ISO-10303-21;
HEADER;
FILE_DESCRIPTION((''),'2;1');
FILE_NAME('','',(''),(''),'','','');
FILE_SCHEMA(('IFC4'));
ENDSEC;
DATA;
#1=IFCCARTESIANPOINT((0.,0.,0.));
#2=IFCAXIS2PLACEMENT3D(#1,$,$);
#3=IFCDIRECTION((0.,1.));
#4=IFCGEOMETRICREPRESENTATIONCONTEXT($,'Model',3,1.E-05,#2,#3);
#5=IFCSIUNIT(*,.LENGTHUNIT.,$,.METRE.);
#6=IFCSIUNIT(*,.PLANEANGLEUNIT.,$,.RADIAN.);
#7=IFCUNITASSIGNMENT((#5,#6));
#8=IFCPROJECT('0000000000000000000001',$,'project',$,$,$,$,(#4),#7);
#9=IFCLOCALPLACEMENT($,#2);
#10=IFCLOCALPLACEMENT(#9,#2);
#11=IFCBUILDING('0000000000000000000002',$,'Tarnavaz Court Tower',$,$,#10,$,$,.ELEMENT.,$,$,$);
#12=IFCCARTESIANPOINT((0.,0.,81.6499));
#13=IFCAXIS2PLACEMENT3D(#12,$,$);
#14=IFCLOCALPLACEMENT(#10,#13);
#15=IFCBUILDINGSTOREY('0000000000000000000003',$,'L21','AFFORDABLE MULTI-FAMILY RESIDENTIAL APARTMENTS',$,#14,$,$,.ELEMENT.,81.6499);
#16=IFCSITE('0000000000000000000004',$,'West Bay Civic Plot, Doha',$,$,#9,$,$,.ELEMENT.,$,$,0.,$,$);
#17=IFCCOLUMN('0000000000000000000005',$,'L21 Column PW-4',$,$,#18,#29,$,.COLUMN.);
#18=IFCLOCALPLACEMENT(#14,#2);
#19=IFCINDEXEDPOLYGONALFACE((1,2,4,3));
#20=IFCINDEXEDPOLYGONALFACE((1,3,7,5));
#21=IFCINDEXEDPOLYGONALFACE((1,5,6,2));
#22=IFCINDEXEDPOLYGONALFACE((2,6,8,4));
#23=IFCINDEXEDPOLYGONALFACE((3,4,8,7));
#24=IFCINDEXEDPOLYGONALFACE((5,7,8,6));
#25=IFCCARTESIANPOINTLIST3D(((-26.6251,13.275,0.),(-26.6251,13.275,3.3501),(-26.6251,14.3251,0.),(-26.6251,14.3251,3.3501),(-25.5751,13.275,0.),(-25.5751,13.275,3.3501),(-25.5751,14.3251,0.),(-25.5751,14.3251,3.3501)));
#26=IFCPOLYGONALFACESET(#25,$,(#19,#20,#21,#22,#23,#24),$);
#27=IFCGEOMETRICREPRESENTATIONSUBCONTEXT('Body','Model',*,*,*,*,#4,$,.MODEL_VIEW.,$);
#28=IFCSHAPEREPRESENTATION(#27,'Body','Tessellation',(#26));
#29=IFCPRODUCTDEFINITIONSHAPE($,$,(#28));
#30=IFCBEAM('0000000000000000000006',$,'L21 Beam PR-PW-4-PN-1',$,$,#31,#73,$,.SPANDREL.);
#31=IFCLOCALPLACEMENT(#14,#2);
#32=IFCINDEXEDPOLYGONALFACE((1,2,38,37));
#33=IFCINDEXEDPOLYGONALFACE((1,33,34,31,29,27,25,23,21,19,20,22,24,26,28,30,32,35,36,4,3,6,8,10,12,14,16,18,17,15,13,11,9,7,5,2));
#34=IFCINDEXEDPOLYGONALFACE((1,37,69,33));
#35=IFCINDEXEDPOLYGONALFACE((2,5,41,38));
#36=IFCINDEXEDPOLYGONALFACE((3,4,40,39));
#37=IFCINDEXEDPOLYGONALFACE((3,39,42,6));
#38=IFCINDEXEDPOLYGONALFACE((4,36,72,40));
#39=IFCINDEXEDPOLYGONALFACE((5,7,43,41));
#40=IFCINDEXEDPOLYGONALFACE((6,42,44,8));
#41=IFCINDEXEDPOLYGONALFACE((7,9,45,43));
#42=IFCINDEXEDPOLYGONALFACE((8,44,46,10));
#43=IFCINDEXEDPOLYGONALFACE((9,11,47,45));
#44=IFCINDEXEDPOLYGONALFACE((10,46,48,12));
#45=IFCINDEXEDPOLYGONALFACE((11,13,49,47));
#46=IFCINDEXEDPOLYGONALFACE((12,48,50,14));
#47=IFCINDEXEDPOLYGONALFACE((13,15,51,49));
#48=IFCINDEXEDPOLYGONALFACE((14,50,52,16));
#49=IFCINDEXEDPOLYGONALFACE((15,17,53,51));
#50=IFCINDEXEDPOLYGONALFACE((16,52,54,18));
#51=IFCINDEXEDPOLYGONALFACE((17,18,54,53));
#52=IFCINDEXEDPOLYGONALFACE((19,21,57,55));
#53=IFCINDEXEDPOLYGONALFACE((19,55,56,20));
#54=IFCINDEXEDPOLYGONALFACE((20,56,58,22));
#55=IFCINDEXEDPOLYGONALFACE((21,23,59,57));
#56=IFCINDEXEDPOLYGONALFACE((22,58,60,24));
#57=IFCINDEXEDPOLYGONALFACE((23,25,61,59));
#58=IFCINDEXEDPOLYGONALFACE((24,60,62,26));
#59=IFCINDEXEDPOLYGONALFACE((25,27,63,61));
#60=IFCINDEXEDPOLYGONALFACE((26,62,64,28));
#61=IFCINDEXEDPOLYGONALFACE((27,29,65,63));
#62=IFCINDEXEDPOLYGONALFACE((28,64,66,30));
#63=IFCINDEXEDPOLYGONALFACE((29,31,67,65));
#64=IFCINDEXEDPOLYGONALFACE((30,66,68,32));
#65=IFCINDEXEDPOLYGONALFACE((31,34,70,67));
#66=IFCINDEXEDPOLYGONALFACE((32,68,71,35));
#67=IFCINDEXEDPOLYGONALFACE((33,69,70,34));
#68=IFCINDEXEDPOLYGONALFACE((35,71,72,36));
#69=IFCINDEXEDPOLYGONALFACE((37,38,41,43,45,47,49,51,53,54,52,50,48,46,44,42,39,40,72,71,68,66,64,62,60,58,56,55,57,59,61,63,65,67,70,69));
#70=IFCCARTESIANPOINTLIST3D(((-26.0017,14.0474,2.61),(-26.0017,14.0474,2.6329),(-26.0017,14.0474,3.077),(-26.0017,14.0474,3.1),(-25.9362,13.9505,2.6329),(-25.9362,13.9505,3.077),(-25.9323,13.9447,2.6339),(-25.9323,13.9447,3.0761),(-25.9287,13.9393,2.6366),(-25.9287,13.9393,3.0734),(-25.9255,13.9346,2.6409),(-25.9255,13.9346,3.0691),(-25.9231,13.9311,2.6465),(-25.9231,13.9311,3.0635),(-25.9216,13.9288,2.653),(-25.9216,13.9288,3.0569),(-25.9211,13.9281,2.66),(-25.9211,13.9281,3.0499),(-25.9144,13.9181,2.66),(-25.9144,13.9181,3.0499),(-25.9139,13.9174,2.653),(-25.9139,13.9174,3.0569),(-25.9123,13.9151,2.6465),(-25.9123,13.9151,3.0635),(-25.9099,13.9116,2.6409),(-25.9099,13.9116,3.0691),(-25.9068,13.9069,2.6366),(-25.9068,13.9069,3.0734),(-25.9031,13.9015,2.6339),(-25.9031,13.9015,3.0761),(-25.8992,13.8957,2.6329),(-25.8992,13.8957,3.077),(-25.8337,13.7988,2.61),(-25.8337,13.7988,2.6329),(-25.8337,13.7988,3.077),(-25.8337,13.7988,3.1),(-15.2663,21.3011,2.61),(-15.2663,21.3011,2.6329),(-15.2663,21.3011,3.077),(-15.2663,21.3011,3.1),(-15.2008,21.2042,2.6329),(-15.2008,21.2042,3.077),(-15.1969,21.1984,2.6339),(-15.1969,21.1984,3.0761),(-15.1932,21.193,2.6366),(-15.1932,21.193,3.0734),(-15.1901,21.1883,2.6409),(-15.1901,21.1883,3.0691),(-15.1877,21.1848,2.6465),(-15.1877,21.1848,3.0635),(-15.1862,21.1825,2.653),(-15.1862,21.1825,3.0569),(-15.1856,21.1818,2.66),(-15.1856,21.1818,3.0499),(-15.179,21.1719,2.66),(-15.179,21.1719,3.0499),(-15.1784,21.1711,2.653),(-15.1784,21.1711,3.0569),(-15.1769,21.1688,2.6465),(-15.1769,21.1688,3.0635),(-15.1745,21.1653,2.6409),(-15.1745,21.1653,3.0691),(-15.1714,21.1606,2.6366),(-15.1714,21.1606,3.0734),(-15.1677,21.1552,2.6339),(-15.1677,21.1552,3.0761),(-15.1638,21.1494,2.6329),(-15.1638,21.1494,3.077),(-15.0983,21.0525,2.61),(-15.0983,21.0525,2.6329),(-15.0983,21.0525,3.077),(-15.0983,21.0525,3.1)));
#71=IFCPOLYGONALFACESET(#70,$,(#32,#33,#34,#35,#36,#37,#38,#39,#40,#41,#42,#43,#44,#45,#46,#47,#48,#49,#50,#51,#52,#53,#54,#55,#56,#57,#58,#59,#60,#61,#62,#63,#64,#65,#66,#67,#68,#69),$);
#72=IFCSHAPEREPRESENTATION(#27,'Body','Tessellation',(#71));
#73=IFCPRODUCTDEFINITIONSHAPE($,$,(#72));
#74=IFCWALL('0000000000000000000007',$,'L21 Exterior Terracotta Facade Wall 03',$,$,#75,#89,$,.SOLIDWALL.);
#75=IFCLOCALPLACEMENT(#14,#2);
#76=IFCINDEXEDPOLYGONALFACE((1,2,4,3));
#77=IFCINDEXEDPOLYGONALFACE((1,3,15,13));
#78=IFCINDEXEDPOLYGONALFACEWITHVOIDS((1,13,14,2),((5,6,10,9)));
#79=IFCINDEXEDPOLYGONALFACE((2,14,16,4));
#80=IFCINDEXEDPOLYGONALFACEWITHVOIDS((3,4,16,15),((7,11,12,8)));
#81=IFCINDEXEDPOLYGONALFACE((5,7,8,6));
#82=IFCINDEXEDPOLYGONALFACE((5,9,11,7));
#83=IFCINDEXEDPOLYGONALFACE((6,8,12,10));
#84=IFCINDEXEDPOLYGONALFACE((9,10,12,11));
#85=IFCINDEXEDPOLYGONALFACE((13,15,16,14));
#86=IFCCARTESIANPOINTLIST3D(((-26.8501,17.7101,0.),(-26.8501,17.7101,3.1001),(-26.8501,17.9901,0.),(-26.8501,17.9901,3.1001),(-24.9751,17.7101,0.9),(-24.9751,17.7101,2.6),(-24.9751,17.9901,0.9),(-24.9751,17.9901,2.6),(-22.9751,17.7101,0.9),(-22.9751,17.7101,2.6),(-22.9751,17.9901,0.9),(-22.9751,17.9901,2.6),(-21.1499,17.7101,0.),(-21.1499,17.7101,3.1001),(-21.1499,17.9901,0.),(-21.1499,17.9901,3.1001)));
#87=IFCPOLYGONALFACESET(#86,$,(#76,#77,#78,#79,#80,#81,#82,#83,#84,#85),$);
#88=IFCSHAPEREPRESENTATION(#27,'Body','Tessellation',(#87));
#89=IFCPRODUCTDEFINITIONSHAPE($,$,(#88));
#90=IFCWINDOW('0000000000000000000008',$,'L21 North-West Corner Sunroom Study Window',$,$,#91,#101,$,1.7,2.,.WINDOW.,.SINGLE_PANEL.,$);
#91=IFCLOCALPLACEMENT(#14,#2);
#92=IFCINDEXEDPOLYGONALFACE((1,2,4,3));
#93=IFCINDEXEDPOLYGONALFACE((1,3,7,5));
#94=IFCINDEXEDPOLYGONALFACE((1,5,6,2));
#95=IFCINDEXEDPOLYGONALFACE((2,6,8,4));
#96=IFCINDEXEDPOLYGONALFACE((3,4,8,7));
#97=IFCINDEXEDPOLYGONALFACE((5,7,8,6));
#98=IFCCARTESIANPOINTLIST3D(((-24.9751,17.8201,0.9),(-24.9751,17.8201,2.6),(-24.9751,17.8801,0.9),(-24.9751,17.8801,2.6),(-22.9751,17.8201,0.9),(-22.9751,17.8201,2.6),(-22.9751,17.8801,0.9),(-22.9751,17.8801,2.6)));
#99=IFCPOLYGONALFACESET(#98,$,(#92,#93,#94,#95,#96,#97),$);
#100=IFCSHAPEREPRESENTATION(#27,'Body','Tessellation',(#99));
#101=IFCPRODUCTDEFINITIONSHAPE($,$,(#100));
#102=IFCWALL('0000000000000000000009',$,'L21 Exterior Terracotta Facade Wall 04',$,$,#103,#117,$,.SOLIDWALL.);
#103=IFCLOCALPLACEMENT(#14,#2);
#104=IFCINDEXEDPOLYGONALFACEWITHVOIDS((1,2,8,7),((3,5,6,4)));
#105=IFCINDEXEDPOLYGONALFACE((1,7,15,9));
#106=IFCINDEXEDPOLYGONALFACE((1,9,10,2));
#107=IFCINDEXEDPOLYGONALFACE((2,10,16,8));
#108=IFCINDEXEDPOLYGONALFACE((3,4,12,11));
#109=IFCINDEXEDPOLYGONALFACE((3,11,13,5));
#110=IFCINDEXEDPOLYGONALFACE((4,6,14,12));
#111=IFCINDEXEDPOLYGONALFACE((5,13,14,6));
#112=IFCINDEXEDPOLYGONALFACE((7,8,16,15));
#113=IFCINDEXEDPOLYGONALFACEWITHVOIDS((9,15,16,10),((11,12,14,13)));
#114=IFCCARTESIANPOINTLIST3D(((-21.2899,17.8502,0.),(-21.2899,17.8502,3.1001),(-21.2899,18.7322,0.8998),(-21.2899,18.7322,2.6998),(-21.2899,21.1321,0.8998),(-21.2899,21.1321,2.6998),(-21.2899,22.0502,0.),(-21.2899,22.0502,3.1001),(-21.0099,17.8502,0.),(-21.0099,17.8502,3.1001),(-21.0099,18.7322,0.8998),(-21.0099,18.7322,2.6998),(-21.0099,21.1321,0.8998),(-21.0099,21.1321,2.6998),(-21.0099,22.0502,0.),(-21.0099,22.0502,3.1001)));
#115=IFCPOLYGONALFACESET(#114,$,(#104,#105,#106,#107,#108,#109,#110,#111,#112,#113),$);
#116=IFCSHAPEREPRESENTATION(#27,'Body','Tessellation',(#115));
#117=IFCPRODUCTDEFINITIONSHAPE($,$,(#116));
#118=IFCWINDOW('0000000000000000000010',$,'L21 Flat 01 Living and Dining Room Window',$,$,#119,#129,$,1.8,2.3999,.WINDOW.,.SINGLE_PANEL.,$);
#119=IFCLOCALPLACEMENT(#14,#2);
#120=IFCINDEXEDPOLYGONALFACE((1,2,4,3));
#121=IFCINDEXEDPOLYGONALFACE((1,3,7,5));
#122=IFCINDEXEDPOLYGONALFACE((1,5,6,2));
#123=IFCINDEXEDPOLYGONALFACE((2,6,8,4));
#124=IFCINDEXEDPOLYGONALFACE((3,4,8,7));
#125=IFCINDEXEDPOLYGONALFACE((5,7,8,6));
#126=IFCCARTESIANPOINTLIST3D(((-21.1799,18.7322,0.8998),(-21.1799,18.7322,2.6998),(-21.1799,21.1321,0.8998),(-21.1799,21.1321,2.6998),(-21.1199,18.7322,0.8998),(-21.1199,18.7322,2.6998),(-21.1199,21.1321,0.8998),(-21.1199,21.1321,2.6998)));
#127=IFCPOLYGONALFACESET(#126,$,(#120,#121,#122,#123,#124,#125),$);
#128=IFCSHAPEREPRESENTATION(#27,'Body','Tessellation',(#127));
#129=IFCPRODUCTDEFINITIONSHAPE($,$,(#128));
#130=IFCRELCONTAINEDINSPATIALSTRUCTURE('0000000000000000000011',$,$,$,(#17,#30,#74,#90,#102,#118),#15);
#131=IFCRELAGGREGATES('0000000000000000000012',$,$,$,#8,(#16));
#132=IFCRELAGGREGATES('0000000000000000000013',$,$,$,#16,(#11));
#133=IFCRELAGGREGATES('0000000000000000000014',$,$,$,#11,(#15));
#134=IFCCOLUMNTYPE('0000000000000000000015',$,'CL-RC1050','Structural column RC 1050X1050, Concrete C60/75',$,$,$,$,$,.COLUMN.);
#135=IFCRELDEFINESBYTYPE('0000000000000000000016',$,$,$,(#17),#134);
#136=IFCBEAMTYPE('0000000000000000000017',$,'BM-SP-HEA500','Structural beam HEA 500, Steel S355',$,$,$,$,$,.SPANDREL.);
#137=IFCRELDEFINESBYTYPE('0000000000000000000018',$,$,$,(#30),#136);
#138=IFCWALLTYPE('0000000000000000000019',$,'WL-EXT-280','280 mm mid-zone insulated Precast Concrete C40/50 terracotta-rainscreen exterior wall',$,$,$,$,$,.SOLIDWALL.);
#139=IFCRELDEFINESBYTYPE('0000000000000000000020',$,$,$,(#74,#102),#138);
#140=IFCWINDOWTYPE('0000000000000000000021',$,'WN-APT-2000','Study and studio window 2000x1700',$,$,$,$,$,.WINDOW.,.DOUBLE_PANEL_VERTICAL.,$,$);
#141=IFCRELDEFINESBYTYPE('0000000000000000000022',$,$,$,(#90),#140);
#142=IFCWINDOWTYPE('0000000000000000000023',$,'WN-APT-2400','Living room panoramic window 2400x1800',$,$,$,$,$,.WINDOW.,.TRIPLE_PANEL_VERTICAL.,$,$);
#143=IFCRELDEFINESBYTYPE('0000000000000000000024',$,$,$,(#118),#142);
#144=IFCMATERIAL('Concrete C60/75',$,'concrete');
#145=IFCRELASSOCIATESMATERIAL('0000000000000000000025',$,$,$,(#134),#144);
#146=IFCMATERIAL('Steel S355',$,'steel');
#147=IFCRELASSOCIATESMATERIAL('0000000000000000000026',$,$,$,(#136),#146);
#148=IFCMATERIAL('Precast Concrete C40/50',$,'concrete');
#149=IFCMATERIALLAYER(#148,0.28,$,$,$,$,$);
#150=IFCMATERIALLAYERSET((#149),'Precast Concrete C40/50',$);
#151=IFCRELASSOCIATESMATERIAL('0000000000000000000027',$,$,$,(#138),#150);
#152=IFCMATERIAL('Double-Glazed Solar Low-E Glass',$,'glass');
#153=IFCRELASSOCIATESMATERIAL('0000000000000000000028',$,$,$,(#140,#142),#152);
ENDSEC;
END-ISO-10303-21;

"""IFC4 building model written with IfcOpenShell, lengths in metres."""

from ifc_helpers import new_model, si_unit, direction, frame, frame_2d, origin, origin_2d, place, context, subcontext, project, spatial, rectangle, i_section, extrude, material, layer, layer_set, material_profile, profile_set, type_object, element, fill, save


model = new_model("IFC4")

# Units and contexts
model_context = context("Model", 3, precision=1e-05, world=origin(), true_north=direction((0.0, 1.0)))
body_context = subcontext(model_context, "Body", "Model", "MODEL_VIEW")
ifc_project = project(units=[si_unit("LENGTHUNIT", "METRE"), si_unit("PLANEANGLEUNIT", "RADIAN")], contexts=[model_context])

# Site, building, storey
site_placement = place(None, origin())
site = spatial("IfcSite", under=ifc_project, at=site_placement, Name="West Bay Civic Plot, Doha", CompositionType="ELEMENT", RefElevation=0.0)
building_placement = place(site_placement, origin())
building = spatial("IfcBuilding", under=site, at=building_placement, Name="Tarnavaz Court Tower", CompositionType="ELEMENT")
storey_placement = place(building_placement, frame((0.0, 0.0, 81.6499)))
storey = spatial("IfcBuildingStorey", under=building, at=storey_placement, Name="L21", Description="AFFORDABLE MULTI-FAMILY RESIDENTIAL APARTMENTS", CompositionType="ELEMENT", Elevation=81.6499)

# Column
ifc_material_1 = material(Name="Concrete C60/75", Category="concrete")
ifc_material_profile_1 = material_profile(ifc_material_1, rectangle(XDim=1.05, YDim=1.05, at=origin_2d()), Name="RC 1050X1050")
ifc_profile_set_1 = profile_set([ifc_material_profile_1], Name="Concrete C60/75")
column_type = type_object("IfcColumnType", Name="CL-RC1050", Description="Structural column RC 1050X1050, Concrete C60/75", PredefinedType="COLUMN", material=ifc_profile_set_1)
column_placement = place(storey_placement, frame((-26.1001, 13.8, 0.0), z_axis=(0.0, 0.0, 1.0), x_axis=(1.0, 0.0, 0.0)))
element("IfcColumn", 1, at=column_placement, inside=storey, type_object=column_type, Name="L21 Column PW-4", PredefinedType="COLUMN", context=body_context, shape_type="SweptSolid", body=[
    extrude(rectangle(XDim=1.05, YDim=1.05, at=origin_2d()), origin(), (0.0, 0.0, 1.0), 3.3501),
])

# Beam
ifc_material_2 = material(Name="Steel S355", Category="steel")
ifc_material_profile_2 = material_profile(ifc_material_2, i_section(OverallWidth=0.3, OverallDepth=0.49, WebThickness=0.012, FlangeThickness=0.0229, FilletRadius=0.0271, at=origin_2d()), Name="HEA 500")
ifc_profile_set_2 = profile_set([ifc_material_profile_2], Name="Steel S355")
beam_type = type_object("IfcBeamType", Name="BM-SP-HEA500", Description="Structural beam HEA 500, Steel S355", PredefinedType="SPANDREL", material=ifc_profile_set_2)
beam_placement = place(storey_placement, frame((-25.9177, 13.9231, 2.855), z_axis=(0.828587, 0.55986, 0.0), x_axis=(-0.55986, 0.828587, 0.0)))
element("IfcBeam", 2, at=beam_placement, inside=storey, type_object=beam_type, Name="L21 Beam PR-PW-4-PN-1", PredefinedType="SPANDREL", context=body_context, shape_type="SweptSolid", body=[
    extrude(i_section(OverallWidth=0.3, OverallDepth=0.49, WebThickness=0.012, FlangeThickness=0.0229, FilletRadius=0.0271, at=origin_2d()), origin(), (0.0, 0.0, 1.0), 12.9563),
])

# Walls, openings, windows
ifc_material_3 = material(Name="Precast Concrete C40/50", Category="concrete")
ifc_layer_1 = layer(ifc_material_3, 0.28)
ifc_layer_set_1 = layer_set([ifc_layer_1], Name="Precast Concrete C40/50")
wall_type_1 = type_object("IfcWallType", Name="WL-EXT-280", Description="280 mm mid-zone insulated Precast Concrete C40/50 terracotta-rainscreen exterior wall", PredefinedType="SOLIDWALL", material=ifc_layer_set_1)
wall_1_placement = place(storey_placement, frame((-26.8501, 17.8501, 0.0), z_axis=(0.0, 0.0, 1.0), x_axis=(1.0, 0.0, 0.0)))
wall_1 = element("IfcWall", 3, at=wall_1_placement, inside=storey, type_object=wall_type_1, Name="L21 Exterior Terracotta Facade Wall 03", PredefinedType="SOLIDWALL", context=body_context, shape_type="SweptSolid", body=[
    extrude(rectangle(XDim=5.7002, YDim=0.28, at=frame_2d((2.8501, 0.0))), origin(), (0.0, 0.0, 1.0), 3.1001),
])
opening_1_placement = place(wall_1_placement, frame((1.875, 0.0, 0.8999)))
opening_1 = element("IfcOpeningElement", 4, at=opening_1_placement, cuts=wall_1, PredefinedType="OPENING", context=body_context, shape_type="SweptSolid", body=[
    extrude(rectangle(XDim=2.0, YDim=1.7, at=frame_2d((1.0, 0.8501))), frame((0.0, 0.1499, 0.0), z_axis=(0.0, -1.0, 0.0), x_axis=(1.0, 0.0, 0.0)), (0.0, 0.0, 1.0), 0.3),
])
ifc_material_4 = material(Name="Double-Glazed Solar Low-E Glass", Category="glass")
window_type_1 = type_object("IfcWindowType", Name="WN-APT-2000", Description="Study and studio window 2000x1700", PartitioningType="DOUBLE_PANEL_VERTICAL", PredefinedType="WINDOW", material=ifc_material_4)
window_1_placement = place(opening_1_placement, origin())
window_1 = element("IfcWindow", 5, at=window_1_placement, inside=storey, type_object=window_type_1, Name="L21 North-West Corner Sunroom Study Window", OverallHeight=1.7, OverallWidth=2.0, PartitioningType="SINGLE_PANEL", PredefinedType="WINDOW", context=body_context, shape_type="SweptSolid", body=[
    extrude(rectangle(XDim=2.0, YDim=1.7, at=frame_2d((1.0, 0.8501))), frame((0.0, 0.03, 0.0), z_axis=(0.0, -1.0, 0.0), x_axis=(1.0, 0.0, 0.0)), (0.0, 0.0, 1.0), 0.0601),
])
fill(opening_1, window_1)
wall_2_placement = place(storey_placement, frame((-21.1499, 17.8501, 0.0), z_axis=(0.0, 0.0, 1.0), x_axis=(0.0, 1.0, 0.0)))
wall_2 = element("IfcWall", 6, at=wall_2_placement, inside=storey, type_object=wall_type_1, Name="L21 Exterior Terracotta Facade Wall 04", PredefinedType="SOLIDWALL", context=body_context, shape_type="SweptSolid", body=[
    extrude(rectangle(XDim=4.2, YDim=0.28, at=frame_2d((2.1001, 0.0))), origin(), (0.0, 0.0, 1.0), 3.1001),
])
opening_2_placement = place(wall_2_placement, frame((0.8821, 0.0, 0.8999)))
opening_2 = element("IfcOpeningElement", 7, at=opening_2_placement, cuts=wall_2, PredefinedType="OPENING", context=body_context, shape_type="SweptSolid", body=[
    extrude(rectangle(XDim=2.3999, YDim=1.8, at=frame_2d((1.2, 0.8999))), frame((0.0, 0.1499, 0.0), z_axis=(0.0, -1.0, 0.0), x_axis=(1.0, 0.0, 0.0)), (0.0, 0.0, 1.0), 0.3),
])
window_type_2 = type_object("IfcWindowType", Name="WN-APT-2400", Description="Living room panoramic window 2400x1800", PartitioningType="TRIPLE_PANEL_VERTICAL", PredefinedType="WINDOW", material=ifc_material_4)
window_2_placement = place(opening_2_placement, origin())
window_2 = element("IfcWindow", 8, at=window_2_placement, inside=storey, type_object=window_type_2, Name="L21 Flat 01 Living and Dining Room Window", OverallHeight=1.8, OverallWidth=2.3999, PartitioningType="SINGLE_PANEL", PredefinedType="WINDOW", context=body_context, shape_type="SweptSolid", body=[
    extrude(rectangle(XDim=2.3999, YDim=1.8, at=frame_2d((1.2, 0.8999))), frame((0.0, 0.03, 0.0), z_axis=(0.0, -1.0, 0.0), x_axis=(1.0, 0.0, 0.0)), (0.0, 0.0, 1.0), 0.0601),
])
fill(opening_2, window_2)

save(model, "model.ifc")
